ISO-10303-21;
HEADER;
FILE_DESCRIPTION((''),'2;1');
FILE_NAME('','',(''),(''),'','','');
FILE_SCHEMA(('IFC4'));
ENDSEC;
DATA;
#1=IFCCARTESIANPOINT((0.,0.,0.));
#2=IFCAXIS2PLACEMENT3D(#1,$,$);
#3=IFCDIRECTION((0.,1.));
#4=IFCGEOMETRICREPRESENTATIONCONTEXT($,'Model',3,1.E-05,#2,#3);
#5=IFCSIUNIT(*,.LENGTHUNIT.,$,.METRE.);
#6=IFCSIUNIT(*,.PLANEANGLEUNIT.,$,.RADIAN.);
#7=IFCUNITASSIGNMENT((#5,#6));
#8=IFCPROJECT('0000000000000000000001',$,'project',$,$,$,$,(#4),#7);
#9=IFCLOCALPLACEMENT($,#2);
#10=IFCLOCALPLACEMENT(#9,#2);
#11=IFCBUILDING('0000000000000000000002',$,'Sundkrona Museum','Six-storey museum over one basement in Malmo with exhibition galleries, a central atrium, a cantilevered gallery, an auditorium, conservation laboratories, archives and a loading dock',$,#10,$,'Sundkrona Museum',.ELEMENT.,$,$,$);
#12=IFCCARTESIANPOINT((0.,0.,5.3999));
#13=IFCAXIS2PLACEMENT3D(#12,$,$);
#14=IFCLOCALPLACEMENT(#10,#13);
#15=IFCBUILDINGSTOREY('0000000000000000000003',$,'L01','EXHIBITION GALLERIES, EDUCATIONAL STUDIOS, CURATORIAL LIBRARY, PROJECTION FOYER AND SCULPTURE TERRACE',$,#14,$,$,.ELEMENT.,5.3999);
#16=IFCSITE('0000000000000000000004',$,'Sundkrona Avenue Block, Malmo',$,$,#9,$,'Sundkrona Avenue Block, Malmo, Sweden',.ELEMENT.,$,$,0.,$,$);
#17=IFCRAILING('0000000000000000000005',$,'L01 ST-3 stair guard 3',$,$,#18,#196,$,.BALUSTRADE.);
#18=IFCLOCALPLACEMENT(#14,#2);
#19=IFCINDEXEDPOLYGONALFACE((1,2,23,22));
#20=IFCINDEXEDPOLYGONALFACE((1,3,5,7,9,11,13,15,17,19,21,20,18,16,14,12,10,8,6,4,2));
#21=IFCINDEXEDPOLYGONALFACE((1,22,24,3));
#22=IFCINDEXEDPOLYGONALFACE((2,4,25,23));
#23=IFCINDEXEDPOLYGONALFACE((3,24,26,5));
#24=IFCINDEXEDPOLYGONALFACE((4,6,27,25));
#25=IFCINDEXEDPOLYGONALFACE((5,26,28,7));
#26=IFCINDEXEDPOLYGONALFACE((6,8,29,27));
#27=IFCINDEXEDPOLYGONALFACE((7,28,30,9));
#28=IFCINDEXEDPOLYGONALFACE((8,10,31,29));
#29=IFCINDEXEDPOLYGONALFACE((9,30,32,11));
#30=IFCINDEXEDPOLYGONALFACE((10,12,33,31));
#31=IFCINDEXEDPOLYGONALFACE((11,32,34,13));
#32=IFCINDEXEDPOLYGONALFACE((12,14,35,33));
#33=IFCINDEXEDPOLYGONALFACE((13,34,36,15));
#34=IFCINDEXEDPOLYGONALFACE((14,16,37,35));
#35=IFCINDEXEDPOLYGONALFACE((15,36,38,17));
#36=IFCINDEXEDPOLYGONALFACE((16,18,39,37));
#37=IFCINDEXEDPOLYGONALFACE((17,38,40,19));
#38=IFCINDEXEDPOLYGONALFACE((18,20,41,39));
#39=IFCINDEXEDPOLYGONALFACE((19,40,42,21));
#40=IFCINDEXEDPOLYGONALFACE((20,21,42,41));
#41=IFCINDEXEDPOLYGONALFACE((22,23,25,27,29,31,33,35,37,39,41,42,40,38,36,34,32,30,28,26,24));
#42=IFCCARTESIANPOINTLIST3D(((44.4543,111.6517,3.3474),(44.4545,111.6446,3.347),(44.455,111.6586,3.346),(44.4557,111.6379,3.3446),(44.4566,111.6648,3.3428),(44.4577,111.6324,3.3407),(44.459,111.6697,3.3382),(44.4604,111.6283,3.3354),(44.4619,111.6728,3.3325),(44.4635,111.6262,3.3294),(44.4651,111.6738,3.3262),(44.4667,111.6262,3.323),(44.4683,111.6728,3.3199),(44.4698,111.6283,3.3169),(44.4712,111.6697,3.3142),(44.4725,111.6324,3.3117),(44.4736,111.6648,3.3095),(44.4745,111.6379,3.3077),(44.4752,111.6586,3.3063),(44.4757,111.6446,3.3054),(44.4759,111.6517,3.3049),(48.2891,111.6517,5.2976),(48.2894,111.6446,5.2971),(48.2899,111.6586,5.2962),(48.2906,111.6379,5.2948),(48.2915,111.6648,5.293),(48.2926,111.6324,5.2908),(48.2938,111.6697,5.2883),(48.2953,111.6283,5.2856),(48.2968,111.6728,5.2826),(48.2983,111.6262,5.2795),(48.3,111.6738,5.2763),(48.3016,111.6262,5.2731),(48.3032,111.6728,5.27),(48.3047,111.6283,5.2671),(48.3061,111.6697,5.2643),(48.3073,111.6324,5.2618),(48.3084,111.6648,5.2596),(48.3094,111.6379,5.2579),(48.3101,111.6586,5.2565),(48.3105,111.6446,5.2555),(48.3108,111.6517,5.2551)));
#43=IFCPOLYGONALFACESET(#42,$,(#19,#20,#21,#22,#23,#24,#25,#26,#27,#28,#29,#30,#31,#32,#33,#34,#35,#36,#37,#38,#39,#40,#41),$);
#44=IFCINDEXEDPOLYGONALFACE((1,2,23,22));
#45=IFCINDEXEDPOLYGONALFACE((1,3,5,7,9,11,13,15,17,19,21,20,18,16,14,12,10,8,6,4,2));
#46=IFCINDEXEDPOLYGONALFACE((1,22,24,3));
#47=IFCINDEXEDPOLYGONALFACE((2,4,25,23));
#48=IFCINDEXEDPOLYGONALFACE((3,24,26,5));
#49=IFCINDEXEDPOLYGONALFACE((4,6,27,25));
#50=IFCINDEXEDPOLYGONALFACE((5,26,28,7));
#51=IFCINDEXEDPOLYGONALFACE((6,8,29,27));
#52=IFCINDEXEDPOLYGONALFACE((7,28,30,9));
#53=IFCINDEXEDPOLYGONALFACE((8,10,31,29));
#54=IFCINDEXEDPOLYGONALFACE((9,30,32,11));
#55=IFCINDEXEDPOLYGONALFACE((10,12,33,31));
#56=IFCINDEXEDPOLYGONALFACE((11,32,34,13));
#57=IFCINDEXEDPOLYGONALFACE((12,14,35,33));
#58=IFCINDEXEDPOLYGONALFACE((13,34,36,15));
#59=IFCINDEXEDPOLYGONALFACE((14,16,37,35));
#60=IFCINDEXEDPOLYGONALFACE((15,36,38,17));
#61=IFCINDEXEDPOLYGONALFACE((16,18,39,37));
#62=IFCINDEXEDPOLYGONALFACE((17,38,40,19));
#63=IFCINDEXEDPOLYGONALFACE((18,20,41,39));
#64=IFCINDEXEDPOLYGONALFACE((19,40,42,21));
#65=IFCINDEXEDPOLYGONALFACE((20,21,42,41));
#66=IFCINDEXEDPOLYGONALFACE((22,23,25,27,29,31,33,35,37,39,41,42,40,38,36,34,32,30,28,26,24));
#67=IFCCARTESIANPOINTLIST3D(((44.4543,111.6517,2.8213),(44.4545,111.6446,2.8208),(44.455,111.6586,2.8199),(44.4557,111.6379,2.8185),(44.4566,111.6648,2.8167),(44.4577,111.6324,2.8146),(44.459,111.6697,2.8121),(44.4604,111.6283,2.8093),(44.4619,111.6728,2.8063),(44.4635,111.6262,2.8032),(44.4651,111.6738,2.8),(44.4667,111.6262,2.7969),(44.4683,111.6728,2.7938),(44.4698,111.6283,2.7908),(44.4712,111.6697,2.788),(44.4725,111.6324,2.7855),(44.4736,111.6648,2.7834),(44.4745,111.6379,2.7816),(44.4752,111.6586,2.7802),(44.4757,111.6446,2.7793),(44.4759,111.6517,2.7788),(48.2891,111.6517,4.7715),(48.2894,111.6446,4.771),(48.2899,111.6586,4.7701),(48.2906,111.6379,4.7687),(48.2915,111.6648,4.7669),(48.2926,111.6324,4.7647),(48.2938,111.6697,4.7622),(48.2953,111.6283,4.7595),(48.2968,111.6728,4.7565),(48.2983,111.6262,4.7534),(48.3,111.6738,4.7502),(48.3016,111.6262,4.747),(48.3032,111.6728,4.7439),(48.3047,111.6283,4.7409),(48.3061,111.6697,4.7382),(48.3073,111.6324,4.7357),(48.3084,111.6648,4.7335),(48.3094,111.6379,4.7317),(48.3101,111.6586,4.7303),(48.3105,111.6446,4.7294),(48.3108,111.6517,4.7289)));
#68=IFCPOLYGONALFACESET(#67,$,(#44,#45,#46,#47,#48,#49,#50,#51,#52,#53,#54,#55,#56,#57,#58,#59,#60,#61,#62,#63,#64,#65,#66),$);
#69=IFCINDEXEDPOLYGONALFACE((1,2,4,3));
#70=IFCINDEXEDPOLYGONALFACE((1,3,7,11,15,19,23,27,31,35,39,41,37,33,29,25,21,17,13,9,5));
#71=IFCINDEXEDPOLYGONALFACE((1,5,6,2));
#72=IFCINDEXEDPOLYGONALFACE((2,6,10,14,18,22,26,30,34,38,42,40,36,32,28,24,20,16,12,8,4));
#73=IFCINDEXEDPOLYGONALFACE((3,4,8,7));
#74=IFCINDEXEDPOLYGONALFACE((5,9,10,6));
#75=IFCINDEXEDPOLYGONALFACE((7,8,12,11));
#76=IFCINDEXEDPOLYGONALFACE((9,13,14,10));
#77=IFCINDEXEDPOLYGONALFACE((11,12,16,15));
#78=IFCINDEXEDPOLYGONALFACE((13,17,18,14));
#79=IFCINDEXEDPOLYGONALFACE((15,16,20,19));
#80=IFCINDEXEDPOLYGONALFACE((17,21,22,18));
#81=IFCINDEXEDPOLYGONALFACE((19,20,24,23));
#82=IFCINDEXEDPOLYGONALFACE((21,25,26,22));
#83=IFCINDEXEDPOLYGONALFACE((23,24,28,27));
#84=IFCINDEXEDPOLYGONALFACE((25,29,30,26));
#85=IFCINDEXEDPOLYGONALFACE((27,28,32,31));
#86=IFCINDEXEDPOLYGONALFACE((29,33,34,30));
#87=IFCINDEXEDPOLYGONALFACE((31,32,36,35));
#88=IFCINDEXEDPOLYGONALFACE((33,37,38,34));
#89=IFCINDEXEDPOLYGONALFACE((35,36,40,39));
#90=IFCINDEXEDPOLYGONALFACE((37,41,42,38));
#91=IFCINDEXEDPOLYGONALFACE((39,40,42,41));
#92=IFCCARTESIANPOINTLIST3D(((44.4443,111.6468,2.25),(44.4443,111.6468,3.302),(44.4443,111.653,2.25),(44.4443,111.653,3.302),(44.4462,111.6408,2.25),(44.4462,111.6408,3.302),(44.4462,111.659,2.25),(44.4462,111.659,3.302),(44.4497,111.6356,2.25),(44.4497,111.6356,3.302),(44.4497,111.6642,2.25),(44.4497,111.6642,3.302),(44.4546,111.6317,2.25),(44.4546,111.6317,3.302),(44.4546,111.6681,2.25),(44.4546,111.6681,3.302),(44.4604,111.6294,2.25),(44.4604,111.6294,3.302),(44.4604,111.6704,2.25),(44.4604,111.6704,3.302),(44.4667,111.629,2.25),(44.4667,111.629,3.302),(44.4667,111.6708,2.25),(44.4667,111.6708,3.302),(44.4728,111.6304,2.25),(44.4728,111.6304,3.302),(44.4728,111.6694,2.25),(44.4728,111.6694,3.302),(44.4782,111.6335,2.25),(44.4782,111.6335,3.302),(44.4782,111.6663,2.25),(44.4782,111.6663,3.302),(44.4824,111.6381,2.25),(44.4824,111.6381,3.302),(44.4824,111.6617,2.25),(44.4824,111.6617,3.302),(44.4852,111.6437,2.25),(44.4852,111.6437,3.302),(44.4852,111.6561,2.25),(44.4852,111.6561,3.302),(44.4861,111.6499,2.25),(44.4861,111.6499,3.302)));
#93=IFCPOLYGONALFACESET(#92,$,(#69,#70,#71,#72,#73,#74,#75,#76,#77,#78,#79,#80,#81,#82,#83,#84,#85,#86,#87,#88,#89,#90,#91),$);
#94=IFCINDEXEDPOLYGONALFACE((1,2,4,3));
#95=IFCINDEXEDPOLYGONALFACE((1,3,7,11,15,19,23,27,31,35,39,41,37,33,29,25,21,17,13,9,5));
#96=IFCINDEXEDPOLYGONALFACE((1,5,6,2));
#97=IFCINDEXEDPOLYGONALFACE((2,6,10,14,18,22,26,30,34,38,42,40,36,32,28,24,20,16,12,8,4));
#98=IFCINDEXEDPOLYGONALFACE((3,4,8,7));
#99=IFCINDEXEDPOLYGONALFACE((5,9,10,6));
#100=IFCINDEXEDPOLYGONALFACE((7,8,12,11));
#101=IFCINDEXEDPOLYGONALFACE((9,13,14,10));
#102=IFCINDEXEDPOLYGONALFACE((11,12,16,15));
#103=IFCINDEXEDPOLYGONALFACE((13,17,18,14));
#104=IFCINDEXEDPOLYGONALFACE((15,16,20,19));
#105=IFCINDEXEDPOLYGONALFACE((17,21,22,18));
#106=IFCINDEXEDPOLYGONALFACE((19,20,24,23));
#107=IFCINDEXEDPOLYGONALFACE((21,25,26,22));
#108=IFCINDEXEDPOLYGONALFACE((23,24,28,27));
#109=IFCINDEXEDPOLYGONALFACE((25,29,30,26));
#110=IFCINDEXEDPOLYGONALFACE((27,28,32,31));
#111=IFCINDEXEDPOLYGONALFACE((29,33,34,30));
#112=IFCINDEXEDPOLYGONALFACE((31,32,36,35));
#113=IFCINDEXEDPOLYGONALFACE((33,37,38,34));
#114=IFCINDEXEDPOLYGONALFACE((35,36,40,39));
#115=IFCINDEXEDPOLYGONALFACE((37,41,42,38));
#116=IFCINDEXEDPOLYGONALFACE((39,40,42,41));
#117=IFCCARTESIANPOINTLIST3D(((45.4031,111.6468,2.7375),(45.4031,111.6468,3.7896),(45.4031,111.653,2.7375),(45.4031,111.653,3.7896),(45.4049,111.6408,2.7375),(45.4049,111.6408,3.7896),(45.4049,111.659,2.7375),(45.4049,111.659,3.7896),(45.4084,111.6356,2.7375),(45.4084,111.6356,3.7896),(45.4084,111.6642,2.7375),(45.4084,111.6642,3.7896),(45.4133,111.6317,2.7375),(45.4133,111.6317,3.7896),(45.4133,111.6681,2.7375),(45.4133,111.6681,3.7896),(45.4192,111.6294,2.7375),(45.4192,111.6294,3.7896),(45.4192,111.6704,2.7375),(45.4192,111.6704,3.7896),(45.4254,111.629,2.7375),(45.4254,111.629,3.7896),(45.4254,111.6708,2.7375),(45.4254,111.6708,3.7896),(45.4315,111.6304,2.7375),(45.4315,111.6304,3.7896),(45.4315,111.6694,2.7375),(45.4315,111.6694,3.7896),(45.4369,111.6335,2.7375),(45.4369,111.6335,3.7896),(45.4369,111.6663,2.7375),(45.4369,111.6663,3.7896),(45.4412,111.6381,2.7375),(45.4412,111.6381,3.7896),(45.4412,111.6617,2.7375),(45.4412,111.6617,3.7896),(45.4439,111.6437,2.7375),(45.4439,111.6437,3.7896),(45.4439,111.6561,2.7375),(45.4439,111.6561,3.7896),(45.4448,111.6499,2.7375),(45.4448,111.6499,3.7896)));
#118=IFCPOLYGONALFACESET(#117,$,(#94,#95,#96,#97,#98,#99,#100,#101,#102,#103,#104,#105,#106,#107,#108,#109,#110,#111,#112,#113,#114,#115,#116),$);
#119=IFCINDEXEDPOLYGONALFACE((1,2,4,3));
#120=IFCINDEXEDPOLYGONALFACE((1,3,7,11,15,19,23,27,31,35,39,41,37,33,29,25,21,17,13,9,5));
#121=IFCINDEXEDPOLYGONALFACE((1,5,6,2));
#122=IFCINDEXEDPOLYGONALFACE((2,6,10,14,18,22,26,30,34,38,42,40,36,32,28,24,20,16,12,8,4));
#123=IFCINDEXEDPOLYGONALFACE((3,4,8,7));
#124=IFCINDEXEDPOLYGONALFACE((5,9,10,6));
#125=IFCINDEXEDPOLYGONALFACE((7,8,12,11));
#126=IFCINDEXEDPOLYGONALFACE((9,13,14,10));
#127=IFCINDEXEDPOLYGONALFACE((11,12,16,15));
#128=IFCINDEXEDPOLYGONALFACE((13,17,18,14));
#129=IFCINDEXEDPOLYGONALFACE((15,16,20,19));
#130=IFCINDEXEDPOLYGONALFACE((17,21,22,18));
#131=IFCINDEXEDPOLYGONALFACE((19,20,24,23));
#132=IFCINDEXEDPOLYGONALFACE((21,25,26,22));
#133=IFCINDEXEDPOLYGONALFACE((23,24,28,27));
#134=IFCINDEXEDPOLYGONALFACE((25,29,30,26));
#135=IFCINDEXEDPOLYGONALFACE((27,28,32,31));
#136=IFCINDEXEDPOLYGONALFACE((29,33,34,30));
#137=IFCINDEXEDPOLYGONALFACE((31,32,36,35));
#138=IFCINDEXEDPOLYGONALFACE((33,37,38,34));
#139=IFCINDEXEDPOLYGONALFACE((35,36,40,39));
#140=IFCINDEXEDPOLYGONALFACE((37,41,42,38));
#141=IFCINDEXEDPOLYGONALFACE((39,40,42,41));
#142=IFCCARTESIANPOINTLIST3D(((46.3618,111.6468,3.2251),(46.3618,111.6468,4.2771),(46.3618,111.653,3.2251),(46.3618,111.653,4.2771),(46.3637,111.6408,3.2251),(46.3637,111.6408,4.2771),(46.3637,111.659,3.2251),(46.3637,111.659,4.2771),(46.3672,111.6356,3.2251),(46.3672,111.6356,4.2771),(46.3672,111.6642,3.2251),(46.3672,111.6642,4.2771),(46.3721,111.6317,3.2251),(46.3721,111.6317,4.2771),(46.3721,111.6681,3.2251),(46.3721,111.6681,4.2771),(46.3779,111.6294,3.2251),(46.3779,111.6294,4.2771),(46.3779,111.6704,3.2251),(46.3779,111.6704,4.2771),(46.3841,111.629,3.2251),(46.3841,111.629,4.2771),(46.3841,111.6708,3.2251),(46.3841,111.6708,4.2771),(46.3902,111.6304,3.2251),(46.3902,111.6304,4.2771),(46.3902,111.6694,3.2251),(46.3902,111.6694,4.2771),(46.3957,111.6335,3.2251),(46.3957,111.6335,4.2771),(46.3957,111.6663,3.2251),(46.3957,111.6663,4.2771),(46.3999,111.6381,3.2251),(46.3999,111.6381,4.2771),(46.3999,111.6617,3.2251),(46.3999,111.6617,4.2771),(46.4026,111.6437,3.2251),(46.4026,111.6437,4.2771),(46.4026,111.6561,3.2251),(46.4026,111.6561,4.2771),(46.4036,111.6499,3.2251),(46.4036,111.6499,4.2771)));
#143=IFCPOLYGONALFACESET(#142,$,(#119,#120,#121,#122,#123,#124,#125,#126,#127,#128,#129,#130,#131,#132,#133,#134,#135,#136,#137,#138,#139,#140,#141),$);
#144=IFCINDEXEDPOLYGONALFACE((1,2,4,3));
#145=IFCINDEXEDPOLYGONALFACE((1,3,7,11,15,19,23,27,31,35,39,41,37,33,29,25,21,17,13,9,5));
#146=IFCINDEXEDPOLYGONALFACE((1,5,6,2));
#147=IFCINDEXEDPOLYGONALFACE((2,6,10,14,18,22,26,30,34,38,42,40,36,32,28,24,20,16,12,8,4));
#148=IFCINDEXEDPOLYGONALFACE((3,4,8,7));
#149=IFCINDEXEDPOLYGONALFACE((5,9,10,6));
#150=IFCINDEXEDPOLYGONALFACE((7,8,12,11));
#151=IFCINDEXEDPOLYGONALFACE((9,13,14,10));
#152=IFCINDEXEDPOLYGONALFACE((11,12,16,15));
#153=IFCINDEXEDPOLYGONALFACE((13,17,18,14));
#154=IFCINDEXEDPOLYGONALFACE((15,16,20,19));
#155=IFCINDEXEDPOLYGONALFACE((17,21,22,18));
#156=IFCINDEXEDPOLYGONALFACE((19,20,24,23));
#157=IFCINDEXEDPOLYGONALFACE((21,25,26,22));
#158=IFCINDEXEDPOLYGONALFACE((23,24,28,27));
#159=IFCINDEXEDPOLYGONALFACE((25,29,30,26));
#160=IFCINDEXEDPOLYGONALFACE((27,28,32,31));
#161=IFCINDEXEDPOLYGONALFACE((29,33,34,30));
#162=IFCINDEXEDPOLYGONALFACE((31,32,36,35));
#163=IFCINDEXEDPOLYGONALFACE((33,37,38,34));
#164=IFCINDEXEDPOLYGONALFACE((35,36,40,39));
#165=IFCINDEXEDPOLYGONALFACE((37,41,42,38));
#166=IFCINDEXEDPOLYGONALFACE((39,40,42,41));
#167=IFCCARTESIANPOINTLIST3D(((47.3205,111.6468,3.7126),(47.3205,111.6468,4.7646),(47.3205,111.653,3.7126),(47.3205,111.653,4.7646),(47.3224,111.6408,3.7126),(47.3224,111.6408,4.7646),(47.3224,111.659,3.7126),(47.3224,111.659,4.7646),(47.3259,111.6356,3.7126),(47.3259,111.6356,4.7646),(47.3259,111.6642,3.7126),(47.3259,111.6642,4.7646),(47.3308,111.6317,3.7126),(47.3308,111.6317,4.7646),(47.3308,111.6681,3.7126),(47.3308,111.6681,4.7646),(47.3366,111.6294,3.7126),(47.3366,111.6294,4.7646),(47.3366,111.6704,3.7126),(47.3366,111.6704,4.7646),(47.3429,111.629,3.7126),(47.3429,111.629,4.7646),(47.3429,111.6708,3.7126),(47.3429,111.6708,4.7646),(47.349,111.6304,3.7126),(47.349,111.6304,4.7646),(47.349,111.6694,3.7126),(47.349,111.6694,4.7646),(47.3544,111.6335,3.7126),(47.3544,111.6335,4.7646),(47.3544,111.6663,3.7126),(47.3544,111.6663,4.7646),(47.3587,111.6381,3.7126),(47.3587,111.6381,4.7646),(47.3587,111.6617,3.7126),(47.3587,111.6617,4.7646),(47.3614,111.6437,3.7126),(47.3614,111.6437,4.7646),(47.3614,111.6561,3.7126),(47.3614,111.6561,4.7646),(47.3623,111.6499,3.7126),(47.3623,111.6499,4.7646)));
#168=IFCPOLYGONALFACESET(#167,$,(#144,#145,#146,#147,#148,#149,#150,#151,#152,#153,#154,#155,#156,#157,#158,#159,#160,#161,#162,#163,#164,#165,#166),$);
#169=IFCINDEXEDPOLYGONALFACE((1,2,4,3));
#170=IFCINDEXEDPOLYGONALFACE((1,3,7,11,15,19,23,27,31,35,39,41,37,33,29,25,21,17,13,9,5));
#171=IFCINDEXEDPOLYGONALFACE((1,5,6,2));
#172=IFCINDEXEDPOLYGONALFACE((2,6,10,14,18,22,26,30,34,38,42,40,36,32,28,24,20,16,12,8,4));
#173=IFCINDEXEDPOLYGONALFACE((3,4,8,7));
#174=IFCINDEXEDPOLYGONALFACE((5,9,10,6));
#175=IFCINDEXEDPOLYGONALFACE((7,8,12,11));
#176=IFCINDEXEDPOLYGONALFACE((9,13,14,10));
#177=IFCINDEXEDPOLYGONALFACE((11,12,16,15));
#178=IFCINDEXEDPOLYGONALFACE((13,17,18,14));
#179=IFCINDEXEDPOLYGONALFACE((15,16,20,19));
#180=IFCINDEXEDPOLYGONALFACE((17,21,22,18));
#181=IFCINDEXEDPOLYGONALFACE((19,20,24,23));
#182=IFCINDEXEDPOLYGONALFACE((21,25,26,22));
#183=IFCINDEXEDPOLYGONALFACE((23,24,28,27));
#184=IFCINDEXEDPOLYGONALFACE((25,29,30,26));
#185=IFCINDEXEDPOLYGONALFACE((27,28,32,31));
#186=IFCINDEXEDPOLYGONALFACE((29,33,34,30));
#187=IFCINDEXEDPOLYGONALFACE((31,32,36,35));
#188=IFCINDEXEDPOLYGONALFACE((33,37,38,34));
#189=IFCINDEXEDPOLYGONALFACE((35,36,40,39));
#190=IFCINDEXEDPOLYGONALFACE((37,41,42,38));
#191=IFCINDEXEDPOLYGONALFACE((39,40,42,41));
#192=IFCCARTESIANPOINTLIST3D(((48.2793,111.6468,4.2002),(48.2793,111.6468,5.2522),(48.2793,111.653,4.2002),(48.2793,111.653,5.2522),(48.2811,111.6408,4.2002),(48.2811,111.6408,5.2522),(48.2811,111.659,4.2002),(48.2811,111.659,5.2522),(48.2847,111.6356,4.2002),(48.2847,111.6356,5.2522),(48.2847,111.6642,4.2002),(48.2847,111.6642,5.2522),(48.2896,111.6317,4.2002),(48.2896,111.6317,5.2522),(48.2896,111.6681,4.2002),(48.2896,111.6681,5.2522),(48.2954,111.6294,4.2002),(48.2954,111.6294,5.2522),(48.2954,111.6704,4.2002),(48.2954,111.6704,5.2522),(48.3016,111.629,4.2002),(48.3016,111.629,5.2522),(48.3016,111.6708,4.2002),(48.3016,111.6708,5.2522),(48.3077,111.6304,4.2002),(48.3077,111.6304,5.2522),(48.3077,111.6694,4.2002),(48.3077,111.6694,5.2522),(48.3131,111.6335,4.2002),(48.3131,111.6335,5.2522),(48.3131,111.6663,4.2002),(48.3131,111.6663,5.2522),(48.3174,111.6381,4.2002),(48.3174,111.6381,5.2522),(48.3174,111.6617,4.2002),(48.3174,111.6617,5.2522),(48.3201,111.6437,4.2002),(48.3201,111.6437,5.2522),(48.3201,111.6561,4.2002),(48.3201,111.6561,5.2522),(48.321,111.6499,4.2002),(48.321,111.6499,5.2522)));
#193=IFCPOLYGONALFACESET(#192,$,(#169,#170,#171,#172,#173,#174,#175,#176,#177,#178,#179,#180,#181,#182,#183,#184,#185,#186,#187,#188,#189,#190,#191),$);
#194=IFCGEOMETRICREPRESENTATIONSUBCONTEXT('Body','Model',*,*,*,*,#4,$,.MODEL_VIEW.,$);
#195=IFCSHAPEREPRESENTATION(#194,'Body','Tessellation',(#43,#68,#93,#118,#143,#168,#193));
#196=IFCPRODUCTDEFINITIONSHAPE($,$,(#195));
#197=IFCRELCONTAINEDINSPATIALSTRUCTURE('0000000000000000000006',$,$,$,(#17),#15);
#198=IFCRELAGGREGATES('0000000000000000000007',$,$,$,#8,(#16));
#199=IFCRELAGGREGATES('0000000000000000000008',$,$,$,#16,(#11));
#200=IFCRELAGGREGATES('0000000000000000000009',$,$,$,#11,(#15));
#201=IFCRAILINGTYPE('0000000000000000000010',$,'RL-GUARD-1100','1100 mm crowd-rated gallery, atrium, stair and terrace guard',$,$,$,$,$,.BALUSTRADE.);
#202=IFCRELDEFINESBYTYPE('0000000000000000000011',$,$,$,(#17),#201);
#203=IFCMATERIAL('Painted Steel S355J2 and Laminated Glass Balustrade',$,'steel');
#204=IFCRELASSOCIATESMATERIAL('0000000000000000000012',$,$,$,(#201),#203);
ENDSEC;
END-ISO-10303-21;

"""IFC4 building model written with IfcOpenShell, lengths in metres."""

from ifc_helpers import new_model, si_unit, direction, frame, origin, origin_2d, place, context, subcontext, project, spatial, circle, extrude, material, type_object, element, save


model = new_model("IFC4")

# Units and contexts
model_context = context("Model", 3, precision=1e-05, world=origin(), true_north=direction((0.0, 1.0)))
body_context = subcontext(model_context, "Body", "Model", "MODEL_VIEW")
ifc_project = project(units=[si_unit("LENGTHUNIT", "METRE"), si_unit("PLANEANGLEUNIT", "RADIAN")], contexts=[model_context])

# Site, building, storey
site_placement = place(None, origin())
site = spatial("IfcSite", under=ifc_project, at=site_placement, Name="Sundkrona Avenue Block, Malmo", LongName="Sundkrona Avenue Block, Malmo, Sweden", CompositionType="ELEMENT", RefElevation=0.0)
building_placement = place(site_placement, origin())
building = spatial("IfcBuilding", under=site, at=building_placement, Name="Sundkrona Museum", Description="Six-storey museum over one basement in Malmo with exhibition galleries, a central atrium, a cantilevered gallery, an auditorium, conservation laboratories, archives and a loading dock", LongName="Sundkrona Museum", CompositionType="ELEMENT")
storey_placement = place(building_placement, frame((0.0, 0.0, 5.3999)))
storey = spatial("IfcBuildingStorey", under=building, at=storey_placement, Name="L01", Description="EXHIBITION GALLERIES, EDUCATIONAL STUDIOS, CURATORIAL LIBRARY, PROJECTION FOYER AND SCULPTURE TERRACE", CompositionType="ELEMENT", Elevation=5.3999)

# Railing
ifc_material_1 = material(Name="Painted Steel S355J2 and Laminated Glass Balustrade", Category="steel")
railing_type_1 = type_object("IfcRailingType", Name="RL-GUARD-1100", Description="1100 mm crowd-rated gallery, atrium, stair and terrace guard", PredefinedType="BALUSTRADE", material=ifc_material_1)
railing_1_placement = place(storey_placement, frame((44.4651, 111.6499, 2.25)))
element("IfcRailing", 1, at=railing_1_placement, inside=storey, type_object=railing_type_1, Name="L01 ST-3 stair guard 3", PredefinedType="BALUSTRADE", context=body_context, shape_type="SweptSolid", body=[
    extrude(circle(Radius=0.0239, at=origin_2d()), frame((0.0, 0.0, 1.0762), z_axis=(0.891365, 0.0, 0.453286), x_axis=(0.0, 1.0, 0.0)), (0.0, 0.0, 1.0), 4.3022),
    extrude(circle(Radius=0.0239, at=origin_2d()), frame((0.0, 0.0, 0.55), z_axis=(0.891365, 0.0, 0.453286), x_axis=(0.0, 1.0, 0.0)), (0.0, 0.0, 1.0), 4.3022),
    extrude(circle(Radius=0.021, at=origin_2d()), origin(), (0.0, 0.0, 1.0), 1.052),
    extrude(circle(Radius=0.021, at=origin_2d()), frame((0.9587, 0.0, 0.4875)), (0.0, 0.0, 1.0), 1.052),
    extrude(circle(Radius=0.021, at=origin_2d()), frame((1.9175, 0.0, 0.9751)), (0.0, 0.0, 1.0), 1.052),
    extrude(circle(Radius=0.021, at=origin_2d()), frame((2.8762, 0.0, 1.4626)), (0.0, 0.0, 1.0), 1.052),
    extrude(circle(Radius=0.021, at=origin_2d()), frame((3.835, 0.0, 1.9502)), (0.0, 0.0, 1.0), 1.052),
])

save(model, "model.ifc")
